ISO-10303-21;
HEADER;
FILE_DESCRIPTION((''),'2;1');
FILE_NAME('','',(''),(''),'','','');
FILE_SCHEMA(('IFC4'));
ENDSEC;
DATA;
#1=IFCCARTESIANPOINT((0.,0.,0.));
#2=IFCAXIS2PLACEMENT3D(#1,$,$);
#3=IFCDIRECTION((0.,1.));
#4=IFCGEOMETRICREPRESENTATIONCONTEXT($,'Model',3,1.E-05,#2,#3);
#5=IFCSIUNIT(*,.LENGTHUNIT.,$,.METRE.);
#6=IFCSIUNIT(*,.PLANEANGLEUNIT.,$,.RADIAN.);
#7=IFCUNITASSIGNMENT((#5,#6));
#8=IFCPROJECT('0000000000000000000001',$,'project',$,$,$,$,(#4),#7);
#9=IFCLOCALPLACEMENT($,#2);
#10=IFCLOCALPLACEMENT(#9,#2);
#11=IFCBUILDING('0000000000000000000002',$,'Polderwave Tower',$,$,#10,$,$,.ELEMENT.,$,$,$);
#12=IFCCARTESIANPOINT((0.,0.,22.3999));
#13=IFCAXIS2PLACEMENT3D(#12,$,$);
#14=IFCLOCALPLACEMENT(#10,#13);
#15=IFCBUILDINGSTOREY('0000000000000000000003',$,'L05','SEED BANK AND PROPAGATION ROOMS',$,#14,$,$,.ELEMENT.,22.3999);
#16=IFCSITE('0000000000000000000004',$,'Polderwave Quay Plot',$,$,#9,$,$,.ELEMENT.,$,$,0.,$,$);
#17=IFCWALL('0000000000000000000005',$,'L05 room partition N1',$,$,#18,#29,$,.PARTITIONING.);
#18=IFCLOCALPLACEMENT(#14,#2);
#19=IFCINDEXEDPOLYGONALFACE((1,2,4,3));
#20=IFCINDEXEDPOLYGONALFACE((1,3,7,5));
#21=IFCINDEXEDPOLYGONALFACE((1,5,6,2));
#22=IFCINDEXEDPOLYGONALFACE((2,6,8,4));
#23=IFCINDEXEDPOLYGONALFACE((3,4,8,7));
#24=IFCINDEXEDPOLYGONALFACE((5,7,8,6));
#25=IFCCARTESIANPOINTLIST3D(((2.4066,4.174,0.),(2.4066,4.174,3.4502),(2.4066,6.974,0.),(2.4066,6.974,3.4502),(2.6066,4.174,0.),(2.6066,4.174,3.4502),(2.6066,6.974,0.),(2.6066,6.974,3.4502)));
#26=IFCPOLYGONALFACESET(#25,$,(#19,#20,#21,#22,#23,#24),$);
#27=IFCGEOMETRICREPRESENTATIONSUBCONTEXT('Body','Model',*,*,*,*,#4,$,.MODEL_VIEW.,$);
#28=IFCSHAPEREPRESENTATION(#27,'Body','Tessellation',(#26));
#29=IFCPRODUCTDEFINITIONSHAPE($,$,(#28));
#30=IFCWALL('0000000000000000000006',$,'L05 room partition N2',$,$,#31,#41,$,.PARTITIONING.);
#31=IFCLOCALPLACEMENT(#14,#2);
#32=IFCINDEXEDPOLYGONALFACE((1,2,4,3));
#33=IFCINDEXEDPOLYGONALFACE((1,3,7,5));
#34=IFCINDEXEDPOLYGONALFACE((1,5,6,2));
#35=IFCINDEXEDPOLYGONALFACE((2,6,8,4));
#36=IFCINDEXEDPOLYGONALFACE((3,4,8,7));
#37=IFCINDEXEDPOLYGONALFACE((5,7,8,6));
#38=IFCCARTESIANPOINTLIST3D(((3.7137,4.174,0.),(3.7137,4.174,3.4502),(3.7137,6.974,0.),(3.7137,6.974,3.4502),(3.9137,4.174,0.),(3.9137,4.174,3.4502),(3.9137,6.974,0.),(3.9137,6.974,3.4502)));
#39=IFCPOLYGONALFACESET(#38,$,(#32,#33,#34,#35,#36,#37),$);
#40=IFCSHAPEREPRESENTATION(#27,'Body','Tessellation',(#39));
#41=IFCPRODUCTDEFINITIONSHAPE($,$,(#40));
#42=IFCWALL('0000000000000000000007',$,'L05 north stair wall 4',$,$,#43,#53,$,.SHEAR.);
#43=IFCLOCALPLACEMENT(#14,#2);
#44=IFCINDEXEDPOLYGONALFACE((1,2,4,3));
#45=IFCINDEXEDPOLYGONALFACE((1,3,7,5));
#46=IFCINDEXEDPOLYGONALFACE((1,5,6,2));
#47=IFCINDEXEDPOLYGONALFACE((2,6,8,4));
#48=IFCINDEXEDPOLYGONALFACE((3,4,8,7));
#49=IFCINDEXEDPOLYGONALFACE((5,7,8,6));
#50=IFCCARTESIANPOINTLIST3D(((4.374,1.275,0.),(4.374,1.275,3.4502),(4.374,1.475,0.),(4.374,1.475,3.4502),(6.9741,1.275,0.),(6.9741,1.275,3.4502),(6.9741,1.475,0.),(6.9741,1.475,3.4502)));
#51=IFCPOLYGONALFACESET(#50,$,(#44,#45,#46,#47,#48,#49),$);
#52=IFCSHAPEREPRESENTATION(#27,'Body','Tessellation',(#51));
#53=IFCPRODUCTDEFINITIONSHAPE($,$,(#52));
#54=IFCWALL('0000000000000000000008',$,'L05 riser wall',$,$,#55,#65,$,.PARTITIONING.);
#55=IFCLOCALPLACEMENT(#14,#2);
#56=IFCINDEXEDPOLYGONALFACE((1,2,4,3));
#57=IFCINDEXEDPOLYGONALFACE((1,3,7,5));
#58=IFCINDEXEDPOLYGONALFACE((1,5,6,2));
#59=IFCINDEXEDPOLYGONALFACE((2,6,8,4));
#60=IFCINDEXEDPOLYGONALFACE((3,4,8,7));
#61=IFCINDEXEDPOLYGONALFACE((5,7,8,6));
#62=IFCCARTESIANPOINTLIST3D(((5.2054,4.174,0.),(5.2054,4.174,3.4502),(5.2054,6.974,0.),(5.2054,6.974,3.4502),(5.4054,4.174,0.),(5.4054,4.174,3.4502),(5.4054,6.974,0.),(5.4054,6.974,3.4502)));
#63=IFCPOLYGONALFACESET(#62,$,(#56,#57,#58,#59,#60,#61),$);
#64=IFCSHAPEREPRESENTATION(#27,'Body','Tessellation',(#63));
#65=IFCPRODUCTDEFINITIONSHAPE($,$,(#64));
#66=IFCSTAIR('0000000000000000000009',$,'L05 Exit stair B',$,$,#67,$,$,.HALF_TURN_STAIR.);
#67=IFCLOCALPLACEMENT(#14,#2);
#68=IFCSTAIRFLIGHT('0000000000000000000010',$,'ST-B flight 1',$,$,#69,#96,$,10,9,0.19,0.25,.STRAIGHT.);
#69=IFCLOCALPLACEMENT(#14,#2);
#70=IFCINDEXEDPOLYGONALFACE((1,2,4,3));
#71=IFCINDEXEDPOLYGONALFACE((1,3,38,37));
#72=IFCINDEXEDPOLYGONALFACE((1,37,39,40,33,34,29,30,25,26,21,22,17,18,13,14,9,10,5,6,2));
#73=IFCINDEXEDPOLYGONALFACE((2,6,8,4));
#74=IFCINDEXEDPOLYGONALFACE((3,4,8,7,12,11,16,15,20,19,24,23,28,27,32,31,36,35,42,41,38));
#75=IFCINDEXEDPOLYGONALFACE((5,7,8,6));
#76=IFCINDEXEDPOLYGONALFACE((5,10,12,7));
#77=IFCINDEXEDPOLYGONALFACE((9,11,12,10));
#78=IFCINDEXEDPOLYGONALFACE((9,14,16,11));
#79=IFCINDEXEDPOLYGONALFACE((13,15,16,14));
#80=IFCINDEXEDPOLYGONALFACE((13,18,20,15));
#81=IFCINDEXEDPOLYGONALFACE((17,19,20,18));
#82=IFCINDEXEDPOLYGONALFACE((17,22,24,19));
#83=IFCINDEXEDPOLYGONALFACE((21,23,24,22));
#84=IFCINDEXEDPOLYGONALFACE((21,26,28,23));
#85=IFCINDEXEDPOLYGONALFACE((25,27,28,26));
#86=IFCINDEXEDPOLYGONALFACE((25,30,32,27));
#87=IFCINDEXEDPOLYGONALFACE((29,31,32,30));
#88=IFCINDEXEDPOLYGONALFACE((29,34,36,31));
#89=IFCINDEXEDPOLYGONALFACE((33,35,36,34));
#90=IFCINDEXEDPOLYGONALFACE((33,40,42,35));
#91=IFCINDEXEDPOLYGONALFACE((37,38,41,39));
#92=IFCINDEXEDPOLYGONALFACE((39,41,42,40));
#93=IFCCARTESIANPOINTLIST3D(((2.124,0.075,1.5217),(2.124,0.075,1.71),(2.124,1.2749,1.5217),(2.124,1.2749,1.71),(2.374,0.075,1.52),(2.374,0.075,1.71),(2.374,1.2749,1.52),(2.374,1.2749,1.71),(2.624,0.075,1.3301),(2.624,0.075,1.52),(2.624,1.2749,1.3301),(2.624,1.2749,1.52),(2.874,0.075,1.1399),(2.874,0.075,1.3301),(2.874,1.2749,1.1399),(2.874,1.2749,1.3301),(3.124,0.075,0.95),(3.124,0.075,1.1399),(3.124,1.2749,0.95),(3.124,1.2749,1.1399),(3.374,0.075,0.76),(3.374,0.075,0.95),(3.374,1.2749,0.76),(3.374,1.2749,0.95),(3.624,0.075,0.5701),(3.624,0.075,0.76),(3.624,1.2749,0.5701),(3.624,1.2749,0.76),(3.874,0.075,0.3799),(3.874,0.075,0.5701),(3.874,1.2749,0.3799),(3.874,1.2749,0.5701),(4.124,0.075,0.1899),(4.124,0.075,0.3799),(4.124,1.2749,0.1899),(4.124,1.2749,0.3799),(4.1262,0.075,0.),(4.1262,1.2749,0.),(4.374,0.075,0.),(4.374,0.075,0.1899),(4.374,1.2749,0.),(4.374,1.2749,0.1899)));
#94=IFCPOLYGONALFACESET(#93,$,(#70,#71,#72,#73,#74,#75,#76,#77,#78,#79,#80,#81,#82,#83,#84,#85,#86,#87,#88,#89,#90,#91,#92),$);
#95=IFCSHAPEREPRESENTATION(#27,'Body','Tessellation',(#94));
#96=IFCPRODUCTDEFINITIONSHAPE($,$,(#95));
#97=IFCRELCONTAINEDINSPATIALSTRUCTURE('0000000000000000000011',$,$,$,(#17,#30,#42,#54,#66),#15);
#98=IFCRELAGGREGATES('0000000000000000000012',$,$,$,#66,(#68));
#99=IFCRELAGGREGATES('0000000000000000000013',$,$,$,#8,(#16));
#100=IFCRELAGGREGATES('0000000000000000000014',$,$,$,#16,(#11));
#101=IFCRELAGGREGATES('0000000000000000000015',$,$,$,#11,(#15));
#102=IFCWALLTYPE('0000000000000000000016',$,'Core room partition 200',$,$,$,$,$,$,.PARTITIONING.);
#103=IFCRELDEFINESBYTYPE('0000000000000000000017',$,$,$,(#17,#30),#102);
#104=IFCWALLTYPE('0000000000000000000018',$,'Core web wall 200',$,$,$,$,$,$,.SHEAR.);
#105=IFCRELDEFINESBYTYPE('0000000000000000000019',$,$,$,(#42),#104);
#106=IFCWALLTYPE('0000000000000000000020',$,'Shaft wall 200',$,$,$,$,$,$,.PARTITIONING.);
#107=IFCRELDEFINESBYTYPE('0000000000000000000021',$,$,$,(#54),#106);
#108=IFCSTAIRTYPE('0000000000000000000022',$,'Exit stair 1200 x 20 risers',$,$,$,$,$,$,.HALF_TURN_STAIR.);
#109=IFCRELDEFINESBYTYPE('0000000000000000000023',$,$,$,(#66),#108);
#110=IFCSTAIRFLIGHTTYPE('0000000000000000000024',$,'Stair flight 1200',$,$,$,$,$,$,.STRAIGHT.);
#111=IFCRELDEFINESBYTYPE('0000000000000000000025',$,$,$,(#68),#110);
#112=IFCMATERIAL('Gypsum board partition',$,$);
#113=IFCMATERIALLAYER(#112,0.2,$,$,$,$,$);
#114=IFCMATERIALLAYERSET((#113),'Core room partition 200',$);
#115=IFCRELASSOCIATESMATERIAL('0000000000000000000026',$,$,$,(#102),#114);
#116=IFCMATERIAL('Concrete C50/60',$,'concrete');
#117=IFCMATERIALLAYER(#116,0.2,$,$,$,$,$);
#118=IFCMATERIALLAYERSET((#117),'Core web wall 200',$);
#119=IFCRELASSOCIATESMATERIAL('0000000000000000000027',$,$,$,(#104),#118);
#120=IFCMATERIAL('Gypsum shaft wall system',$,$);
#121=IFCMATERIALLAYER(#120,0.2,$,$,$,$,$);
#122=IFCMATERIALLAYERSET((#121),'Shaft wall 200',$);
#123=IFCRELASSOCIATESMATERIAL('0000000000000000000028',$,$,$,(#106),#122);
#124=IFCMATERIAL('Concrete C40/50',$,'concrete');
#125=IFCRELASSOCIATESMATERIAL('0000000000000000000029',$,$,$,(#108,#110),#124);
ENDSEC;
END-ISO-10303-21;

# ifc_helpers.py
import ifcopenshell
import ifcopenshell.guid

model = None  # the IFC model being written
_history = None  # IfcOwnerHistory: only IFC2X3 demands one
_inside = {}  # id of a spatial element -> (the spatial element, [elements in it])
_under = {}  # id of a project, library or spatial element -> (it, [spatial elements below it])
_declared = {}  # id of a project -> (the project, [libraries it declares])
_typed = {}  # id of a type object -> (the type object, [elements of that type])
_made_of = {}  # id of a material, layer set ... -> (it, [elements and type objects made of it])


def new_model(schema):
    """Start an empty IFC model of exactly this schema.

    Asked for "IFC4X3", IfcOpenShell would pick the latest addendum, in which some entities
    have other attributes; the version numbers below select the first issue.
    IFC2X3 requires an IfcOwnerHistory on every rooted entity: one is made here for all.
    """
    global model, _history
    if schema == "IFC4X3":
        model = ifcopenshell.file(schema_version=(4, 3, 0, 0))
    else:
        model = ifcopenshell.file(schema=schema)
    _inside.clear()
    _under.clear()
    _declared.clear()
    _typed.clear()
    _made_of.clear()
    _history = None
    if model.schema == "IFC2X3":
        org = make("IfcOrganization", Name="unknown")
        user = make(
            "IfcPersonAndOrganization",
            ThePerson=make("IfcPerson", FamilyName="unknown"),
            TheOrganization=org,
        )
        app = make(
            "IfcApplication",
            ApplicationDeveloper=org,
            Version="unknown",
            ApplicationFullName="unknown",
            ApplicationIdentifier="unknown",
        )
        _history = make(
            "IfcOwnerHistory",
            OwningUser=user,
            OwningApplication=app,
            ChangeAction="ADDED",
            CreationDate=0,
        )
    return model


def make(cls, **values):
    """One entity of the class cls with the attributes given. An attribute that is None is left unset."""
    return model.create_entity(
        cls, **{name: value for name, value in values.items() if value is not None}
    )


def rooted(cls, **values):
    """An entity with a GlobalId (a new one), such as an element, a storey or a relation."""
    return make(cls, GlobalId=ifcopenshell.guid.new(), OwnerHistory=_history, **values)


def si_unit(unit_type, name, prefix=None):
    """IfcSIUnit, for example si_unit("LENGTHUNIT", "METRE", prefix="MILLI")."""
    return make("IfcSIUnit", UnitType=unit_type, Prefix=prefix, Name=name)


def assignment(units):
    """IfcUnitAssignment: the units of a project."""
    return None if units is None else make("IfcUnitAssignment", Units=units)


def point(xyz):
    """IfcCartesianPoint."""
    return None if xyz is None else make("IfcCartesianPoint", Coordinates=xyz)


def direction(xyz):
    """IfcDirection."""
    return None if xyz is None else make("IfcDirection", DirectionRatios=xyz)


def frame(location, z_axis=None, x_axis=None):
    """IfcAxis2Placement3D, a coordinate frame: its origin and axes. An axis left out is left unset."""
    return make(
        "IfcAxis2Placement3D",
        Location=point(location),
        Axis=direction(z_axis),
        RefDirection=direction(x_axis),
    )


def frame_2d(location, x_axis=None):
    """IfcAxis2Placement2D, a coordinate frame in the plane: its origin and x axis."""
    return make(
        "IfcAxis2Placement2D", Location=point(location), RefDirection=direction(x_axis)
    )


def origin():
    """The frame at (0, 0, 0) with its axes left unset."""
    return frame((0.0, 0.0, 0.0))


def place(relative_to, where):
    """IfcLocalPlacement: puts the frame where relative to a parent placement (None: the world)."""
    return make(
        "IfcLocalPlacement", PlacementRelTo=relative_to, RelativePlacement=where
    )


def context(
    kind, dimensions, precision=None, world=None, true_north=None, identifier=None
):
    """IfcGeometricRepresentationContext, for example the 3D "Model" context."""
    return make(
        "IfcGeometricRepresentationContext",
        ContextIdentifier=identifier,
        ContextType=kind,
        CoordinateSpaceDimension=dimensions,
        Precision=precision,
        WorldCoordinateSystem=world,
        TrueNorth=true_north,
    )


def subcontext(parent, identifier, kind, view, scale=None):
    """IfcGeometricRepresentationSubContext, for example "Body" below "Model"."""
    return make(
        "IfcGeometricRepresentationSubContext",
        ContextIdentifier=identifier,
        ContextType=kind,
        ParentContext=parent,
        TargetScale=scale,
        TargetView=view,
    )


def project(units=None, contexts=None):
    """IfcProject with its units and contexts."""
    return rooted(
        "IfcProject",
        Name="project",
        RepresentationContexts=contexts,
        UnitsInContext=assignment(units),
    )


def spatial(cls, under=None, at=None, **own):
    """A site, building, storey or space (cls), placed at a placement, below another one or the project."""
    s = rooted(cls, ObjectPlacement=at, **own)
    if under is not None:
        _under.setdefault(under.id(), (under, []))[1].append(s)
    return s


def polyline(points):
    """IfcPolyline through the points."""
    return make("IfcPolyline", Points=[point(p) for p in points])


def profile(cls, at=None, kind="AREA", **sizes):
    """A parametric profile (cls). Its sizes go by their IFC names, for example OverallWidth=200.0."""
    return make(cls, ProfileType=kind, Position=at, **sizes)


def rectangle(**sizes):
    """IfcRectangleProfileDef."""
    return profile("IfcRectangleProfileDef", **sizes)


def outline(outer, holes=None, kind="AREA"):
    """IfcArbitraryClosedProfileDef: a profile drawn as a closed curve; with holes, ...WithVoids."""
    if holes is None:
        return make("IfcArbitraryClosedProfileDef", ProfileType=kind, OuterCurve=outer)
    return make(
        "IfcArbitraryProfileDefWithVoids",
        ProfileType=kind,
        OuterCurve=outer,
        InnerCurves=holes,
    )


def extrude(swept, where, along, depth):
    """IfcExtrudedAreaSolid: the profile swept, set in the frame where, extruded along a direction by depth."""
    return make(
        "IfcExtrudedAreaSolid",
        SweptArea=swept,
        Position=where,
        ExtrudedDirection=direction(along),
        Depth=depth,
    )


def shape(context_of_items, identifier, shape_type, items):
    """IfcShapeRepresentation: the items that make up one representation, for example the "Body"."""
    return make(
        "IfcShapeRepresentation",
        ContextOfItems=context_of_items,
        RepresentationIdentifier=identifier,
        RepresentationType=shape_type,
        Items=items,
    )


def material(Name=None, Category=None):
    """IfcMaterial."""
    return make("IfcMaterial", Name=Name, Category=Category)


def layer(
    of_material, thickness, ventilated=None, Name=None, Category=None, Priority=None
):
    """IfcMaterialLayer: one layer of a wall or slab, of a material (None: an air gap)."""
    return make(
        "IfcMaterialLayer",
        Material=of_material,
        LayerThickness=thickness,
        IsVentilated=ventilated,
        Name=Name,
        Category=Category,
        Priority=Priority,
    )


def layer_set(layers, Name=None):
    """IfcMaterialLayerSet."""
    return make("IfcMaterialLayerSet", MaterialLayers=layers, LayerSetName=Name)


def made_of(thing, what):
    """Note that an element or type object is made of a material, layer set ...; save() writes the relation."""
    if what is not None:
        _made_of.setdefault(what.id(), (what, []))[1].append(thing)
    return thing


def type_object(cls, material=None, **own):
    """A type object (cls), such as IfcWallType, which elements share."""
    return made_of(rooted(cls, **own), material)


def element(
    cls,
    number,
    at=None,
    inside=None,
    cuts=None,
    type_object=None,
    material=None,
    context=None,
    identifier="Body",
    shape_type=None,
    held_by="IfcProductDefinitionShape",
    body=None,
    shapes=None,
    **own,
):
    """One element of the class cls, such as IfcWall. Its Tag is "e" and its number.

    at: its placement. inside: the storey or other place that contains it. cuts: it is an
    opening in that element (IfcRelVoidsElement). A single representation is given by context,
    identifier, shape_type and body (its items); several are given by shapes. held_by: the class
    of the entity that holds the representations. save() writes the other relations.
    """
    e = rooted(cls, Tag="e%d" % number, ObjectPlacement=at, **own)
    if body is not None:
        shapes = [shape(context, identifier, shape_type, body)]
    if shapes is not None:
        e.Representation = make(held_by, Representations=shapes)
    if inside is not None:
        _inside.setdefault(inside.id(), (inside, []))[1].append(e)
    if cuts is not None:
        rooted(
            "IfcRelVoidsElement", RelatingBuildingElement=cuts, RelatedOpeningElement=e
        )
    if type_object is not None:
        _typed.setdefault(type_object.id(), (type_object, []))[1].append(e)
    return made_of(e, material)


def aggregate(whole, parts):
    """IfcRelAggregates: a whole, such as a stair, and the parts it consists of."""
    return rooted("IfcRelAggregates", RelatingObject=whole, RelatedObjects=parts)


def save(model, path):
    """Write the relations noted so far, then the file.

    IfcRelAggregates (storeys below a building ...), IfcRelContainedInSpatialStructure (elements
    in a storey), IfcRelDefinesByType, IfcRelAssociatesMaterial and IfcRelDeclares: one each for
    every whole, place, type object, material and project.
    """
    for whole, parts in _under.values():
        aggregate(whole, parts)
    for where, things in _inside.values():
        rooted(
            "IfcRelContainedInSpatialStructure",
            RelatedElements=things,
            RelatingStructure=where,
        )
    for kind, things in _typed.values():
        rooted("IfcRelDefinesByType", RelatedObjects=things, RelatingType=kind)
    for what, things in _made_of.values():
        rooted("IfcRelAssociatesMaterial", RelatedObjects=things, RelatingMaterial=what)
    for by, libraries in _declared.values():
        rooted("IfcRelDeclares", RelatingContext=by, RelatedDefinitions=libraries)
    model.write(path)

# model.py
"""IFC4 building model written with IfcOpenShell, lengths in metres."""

from ifc_helpers import new_model, si_unit, direction, frame, frame_2d, origin, place, context, subcontext, project, spatial, polyline, rectangle, outline, extrude, material, layer, layer_set, type_object, element, aggregate, save


model = new_model("IFC4")

# Units and contexts
model_context = context("Model", 3, precision=1e-05, world=origin(), true_north=direction((0.0, 1.0)))
body_context = subcontext(model_context, "Body", "Model", "MODEL_VIEW")
ifc_project = project(units=[si_unit("LENGTHUNIT", "METRE"), si_unit("PLANEANGLEUNIT", "RADIAN")], contexts=[model_context])

# Site, building, storey
site_placement = place(None, origin())
site = spatial("IfcSite", under=ifc_project, at=site_placement, Name="Polderwave Quay Plot", CompositionType="ELEMENT", RefElevation=0.0)
building_placement = place(site_placement, origin())
building = spatial("IfcBuilding", under=site, at=building_placement, Name="Polderwave Tower", CompositionType="ELEMENT")
storey_placement = place(building_placement, frame((0.0, 0.0, 22.3999)))
storey = spatial("IfcBuildingStorey", under=building, at=storey_placement, Name="L05", Description="SEED BANK AND PROPAGATION ROOMS", CompositionType="ELEMENT", Elevation=22.3999)

# Walls
ifc_material_1 = material(Name="Gypsum board partition")
ifc_layer_1 = layer(ifc_material_1, 0.2)
ifc_layer_set_1 = layer_set([ifc_layer_1], Name="Core room partition 200")
wall_type_1 = type_object("IfcWallType", Name="Core room partition 200", PredefinedType="PARTITIONING", material=ifc_layer_set_1)
for number, where, z_axis, x_axis, name in (
    (1, (2.5066, 4.1741, 0.0), (0.0, 0.0, 1.0), (0.0, 1.0, 0.0), "L05 room partition N1"),
    (2, (3.8137, 4.1741, 0.0), (0.0, 0.0, 1.0), (0.0, 1.0, 0.0), "L05 room partition N2"),
):
    element("IfcWall", number, at=place(storey_placement, frame(where, z_axis=z_axis, x_axis=x_axis)), inside=storey, type_object=wall_type_1, Name=name, PredefinedType="PARTITIONING", context=body_context, shape_type="SweptSolid", body=[
        extrude(rectangle(XDim=2.8, YDim=0.2, at=frame_2d((1.3999, 0.0))), origin(), (0.0, 0.0, 1.0), 3.4502),
    ])
ifc_material_2 = material(Name="Concrete C50/60", Category="concrete")
ifc_layer_2 = layer(ifc_material_2, 0.2)
ifc_layer_set_2 = layer_set([ifc_layer_2], Name="Core web wall 200")
wall_type_2 = type_object("IfcWallType", Name="Core web wall 200", PredefinedType="SHEAR", material=ifc_layer_set_2)
wall_1_placement = place(storey_placement, frame((4.374, 1.375, 0.0), z_axis=(0.0, 0.0, 1.0), x_axis=(1.0, 0.0, 0.0)))
element("IfcWall", 3, at=wall_1_placement, inside=storey, type_object=wall_type_2, Name="L05 north stair wall 4", PredefinedType="SHEAR", context=body_context, shape_type="SweptSolid", body=[
    extrude(rectangle(XDim=2.6001, YDim=0.2, at=frame_2d((1.3, 0.0))), origin(), (0.0, 0.0, 1.0), 3.4502),
])
ifc_material_3 = material(Name="Gypsum shaft wall system")
ifc_layer_3 = layer(ifc_material_3, 0.2)
ifc_layer_set_3 = layer_set([ifc_layer_3], Name="Shaft wall 200")
wall_type_3 = type_object("IfcWallType", Name="Shaft wall 200", PredefinedType="PARTITIONING", material=ifc_layer_set_3)
wall_2_placement = place(storey_placement, frame((5.3054, 4.1741, 0.0), z_axis=(0.0, 0.0, 1.0), x_axis=(0.0, 1.0, 0.0)))
element("IfcWall", 4, at=wall_2_placement, inside=storey, type_object=wall_type_3, Name="L05 riser wall", PredefinedType="PARTITIONING", context=body_context, shape_type="SweptSolid", body=[
    extrude(rectangle(XDim=2.8, YDim=0.2, at=frame_2d((1.3999, 0.0))), origin(), (0.0, 0.0, 1.0), 3.4502),
])

# Stair, stair flight
ifc_material_4 = material(Name="Concrete C40/50", Category="concrete")
stair_type = type_object("IfcStairType", Name="Exit stair 1200 x 20 risers", PredefinedType="HALF_TURN_STAIR", material=ifc_material_4)
stair_placement = place(storey_placement, origin())
stair = element("IfcStair", 5, at=stair_placement, inside=storey, type_object=stair_type, Name="L05 Exit stair B", PredefinedType="HALF_TURN_STAIR")
stair_flight_type = type_object("IfcStairFlightType", Name="Stair flight 1200", PredefinedType="STRAIGHT", material=ifc_material_4)
stair_flight_placement = place(storey_placement, frame((4.374, 0.675, 0.0), z_axis=(0.0, 0.0, 1.0), x_axis=(-1.0, 0.0, 0.0)))
stair_flight = element("IfcStairFlight", 6, at=stair_flight_placement, type_object=stair_flight_type, Name="ST-B flight 1", NumberOfRisers=10, NumberOfTreads=9, PredefinedType="STRAIGHT", RiserHeight=0.19, TreadLength=0.25, context=body_context, shape_type="SweptSolid", body=[
    extrude(outline(polyline([(0.0, 0.0), (0.0, 0.1899), (0.25, 0.1899), (0.25, 0.3799), (0.5, 0.3799), (0.5, 0.5701), (0.75, 0.5701), (0.75, 0.76), (1.0, 0.76), (1.0, 0.95), (1.25, 0.95), (1.25, 1.1399), (1.5, 1.1399), (1.5, 1.3301), (1.75, 1.3301), (1.75, 1.52), (2.0, 1.52), (2.0, 1.71), (2.25, 1.71), (2.25, 1.8999), (2.25, 1.5217), (0.2478, 0.0), (0.0, 0.0)])), frame((0.0, 0.6001, 0.0), z_axis=(0.0, -1.0, 0.0), x_axis=(1.0, 0.0, 0.0)), (0.0, 0.0, 1.0), 1.2),
])
aggregate(stair, [stair_flight])

save(model, "model.ifc")
